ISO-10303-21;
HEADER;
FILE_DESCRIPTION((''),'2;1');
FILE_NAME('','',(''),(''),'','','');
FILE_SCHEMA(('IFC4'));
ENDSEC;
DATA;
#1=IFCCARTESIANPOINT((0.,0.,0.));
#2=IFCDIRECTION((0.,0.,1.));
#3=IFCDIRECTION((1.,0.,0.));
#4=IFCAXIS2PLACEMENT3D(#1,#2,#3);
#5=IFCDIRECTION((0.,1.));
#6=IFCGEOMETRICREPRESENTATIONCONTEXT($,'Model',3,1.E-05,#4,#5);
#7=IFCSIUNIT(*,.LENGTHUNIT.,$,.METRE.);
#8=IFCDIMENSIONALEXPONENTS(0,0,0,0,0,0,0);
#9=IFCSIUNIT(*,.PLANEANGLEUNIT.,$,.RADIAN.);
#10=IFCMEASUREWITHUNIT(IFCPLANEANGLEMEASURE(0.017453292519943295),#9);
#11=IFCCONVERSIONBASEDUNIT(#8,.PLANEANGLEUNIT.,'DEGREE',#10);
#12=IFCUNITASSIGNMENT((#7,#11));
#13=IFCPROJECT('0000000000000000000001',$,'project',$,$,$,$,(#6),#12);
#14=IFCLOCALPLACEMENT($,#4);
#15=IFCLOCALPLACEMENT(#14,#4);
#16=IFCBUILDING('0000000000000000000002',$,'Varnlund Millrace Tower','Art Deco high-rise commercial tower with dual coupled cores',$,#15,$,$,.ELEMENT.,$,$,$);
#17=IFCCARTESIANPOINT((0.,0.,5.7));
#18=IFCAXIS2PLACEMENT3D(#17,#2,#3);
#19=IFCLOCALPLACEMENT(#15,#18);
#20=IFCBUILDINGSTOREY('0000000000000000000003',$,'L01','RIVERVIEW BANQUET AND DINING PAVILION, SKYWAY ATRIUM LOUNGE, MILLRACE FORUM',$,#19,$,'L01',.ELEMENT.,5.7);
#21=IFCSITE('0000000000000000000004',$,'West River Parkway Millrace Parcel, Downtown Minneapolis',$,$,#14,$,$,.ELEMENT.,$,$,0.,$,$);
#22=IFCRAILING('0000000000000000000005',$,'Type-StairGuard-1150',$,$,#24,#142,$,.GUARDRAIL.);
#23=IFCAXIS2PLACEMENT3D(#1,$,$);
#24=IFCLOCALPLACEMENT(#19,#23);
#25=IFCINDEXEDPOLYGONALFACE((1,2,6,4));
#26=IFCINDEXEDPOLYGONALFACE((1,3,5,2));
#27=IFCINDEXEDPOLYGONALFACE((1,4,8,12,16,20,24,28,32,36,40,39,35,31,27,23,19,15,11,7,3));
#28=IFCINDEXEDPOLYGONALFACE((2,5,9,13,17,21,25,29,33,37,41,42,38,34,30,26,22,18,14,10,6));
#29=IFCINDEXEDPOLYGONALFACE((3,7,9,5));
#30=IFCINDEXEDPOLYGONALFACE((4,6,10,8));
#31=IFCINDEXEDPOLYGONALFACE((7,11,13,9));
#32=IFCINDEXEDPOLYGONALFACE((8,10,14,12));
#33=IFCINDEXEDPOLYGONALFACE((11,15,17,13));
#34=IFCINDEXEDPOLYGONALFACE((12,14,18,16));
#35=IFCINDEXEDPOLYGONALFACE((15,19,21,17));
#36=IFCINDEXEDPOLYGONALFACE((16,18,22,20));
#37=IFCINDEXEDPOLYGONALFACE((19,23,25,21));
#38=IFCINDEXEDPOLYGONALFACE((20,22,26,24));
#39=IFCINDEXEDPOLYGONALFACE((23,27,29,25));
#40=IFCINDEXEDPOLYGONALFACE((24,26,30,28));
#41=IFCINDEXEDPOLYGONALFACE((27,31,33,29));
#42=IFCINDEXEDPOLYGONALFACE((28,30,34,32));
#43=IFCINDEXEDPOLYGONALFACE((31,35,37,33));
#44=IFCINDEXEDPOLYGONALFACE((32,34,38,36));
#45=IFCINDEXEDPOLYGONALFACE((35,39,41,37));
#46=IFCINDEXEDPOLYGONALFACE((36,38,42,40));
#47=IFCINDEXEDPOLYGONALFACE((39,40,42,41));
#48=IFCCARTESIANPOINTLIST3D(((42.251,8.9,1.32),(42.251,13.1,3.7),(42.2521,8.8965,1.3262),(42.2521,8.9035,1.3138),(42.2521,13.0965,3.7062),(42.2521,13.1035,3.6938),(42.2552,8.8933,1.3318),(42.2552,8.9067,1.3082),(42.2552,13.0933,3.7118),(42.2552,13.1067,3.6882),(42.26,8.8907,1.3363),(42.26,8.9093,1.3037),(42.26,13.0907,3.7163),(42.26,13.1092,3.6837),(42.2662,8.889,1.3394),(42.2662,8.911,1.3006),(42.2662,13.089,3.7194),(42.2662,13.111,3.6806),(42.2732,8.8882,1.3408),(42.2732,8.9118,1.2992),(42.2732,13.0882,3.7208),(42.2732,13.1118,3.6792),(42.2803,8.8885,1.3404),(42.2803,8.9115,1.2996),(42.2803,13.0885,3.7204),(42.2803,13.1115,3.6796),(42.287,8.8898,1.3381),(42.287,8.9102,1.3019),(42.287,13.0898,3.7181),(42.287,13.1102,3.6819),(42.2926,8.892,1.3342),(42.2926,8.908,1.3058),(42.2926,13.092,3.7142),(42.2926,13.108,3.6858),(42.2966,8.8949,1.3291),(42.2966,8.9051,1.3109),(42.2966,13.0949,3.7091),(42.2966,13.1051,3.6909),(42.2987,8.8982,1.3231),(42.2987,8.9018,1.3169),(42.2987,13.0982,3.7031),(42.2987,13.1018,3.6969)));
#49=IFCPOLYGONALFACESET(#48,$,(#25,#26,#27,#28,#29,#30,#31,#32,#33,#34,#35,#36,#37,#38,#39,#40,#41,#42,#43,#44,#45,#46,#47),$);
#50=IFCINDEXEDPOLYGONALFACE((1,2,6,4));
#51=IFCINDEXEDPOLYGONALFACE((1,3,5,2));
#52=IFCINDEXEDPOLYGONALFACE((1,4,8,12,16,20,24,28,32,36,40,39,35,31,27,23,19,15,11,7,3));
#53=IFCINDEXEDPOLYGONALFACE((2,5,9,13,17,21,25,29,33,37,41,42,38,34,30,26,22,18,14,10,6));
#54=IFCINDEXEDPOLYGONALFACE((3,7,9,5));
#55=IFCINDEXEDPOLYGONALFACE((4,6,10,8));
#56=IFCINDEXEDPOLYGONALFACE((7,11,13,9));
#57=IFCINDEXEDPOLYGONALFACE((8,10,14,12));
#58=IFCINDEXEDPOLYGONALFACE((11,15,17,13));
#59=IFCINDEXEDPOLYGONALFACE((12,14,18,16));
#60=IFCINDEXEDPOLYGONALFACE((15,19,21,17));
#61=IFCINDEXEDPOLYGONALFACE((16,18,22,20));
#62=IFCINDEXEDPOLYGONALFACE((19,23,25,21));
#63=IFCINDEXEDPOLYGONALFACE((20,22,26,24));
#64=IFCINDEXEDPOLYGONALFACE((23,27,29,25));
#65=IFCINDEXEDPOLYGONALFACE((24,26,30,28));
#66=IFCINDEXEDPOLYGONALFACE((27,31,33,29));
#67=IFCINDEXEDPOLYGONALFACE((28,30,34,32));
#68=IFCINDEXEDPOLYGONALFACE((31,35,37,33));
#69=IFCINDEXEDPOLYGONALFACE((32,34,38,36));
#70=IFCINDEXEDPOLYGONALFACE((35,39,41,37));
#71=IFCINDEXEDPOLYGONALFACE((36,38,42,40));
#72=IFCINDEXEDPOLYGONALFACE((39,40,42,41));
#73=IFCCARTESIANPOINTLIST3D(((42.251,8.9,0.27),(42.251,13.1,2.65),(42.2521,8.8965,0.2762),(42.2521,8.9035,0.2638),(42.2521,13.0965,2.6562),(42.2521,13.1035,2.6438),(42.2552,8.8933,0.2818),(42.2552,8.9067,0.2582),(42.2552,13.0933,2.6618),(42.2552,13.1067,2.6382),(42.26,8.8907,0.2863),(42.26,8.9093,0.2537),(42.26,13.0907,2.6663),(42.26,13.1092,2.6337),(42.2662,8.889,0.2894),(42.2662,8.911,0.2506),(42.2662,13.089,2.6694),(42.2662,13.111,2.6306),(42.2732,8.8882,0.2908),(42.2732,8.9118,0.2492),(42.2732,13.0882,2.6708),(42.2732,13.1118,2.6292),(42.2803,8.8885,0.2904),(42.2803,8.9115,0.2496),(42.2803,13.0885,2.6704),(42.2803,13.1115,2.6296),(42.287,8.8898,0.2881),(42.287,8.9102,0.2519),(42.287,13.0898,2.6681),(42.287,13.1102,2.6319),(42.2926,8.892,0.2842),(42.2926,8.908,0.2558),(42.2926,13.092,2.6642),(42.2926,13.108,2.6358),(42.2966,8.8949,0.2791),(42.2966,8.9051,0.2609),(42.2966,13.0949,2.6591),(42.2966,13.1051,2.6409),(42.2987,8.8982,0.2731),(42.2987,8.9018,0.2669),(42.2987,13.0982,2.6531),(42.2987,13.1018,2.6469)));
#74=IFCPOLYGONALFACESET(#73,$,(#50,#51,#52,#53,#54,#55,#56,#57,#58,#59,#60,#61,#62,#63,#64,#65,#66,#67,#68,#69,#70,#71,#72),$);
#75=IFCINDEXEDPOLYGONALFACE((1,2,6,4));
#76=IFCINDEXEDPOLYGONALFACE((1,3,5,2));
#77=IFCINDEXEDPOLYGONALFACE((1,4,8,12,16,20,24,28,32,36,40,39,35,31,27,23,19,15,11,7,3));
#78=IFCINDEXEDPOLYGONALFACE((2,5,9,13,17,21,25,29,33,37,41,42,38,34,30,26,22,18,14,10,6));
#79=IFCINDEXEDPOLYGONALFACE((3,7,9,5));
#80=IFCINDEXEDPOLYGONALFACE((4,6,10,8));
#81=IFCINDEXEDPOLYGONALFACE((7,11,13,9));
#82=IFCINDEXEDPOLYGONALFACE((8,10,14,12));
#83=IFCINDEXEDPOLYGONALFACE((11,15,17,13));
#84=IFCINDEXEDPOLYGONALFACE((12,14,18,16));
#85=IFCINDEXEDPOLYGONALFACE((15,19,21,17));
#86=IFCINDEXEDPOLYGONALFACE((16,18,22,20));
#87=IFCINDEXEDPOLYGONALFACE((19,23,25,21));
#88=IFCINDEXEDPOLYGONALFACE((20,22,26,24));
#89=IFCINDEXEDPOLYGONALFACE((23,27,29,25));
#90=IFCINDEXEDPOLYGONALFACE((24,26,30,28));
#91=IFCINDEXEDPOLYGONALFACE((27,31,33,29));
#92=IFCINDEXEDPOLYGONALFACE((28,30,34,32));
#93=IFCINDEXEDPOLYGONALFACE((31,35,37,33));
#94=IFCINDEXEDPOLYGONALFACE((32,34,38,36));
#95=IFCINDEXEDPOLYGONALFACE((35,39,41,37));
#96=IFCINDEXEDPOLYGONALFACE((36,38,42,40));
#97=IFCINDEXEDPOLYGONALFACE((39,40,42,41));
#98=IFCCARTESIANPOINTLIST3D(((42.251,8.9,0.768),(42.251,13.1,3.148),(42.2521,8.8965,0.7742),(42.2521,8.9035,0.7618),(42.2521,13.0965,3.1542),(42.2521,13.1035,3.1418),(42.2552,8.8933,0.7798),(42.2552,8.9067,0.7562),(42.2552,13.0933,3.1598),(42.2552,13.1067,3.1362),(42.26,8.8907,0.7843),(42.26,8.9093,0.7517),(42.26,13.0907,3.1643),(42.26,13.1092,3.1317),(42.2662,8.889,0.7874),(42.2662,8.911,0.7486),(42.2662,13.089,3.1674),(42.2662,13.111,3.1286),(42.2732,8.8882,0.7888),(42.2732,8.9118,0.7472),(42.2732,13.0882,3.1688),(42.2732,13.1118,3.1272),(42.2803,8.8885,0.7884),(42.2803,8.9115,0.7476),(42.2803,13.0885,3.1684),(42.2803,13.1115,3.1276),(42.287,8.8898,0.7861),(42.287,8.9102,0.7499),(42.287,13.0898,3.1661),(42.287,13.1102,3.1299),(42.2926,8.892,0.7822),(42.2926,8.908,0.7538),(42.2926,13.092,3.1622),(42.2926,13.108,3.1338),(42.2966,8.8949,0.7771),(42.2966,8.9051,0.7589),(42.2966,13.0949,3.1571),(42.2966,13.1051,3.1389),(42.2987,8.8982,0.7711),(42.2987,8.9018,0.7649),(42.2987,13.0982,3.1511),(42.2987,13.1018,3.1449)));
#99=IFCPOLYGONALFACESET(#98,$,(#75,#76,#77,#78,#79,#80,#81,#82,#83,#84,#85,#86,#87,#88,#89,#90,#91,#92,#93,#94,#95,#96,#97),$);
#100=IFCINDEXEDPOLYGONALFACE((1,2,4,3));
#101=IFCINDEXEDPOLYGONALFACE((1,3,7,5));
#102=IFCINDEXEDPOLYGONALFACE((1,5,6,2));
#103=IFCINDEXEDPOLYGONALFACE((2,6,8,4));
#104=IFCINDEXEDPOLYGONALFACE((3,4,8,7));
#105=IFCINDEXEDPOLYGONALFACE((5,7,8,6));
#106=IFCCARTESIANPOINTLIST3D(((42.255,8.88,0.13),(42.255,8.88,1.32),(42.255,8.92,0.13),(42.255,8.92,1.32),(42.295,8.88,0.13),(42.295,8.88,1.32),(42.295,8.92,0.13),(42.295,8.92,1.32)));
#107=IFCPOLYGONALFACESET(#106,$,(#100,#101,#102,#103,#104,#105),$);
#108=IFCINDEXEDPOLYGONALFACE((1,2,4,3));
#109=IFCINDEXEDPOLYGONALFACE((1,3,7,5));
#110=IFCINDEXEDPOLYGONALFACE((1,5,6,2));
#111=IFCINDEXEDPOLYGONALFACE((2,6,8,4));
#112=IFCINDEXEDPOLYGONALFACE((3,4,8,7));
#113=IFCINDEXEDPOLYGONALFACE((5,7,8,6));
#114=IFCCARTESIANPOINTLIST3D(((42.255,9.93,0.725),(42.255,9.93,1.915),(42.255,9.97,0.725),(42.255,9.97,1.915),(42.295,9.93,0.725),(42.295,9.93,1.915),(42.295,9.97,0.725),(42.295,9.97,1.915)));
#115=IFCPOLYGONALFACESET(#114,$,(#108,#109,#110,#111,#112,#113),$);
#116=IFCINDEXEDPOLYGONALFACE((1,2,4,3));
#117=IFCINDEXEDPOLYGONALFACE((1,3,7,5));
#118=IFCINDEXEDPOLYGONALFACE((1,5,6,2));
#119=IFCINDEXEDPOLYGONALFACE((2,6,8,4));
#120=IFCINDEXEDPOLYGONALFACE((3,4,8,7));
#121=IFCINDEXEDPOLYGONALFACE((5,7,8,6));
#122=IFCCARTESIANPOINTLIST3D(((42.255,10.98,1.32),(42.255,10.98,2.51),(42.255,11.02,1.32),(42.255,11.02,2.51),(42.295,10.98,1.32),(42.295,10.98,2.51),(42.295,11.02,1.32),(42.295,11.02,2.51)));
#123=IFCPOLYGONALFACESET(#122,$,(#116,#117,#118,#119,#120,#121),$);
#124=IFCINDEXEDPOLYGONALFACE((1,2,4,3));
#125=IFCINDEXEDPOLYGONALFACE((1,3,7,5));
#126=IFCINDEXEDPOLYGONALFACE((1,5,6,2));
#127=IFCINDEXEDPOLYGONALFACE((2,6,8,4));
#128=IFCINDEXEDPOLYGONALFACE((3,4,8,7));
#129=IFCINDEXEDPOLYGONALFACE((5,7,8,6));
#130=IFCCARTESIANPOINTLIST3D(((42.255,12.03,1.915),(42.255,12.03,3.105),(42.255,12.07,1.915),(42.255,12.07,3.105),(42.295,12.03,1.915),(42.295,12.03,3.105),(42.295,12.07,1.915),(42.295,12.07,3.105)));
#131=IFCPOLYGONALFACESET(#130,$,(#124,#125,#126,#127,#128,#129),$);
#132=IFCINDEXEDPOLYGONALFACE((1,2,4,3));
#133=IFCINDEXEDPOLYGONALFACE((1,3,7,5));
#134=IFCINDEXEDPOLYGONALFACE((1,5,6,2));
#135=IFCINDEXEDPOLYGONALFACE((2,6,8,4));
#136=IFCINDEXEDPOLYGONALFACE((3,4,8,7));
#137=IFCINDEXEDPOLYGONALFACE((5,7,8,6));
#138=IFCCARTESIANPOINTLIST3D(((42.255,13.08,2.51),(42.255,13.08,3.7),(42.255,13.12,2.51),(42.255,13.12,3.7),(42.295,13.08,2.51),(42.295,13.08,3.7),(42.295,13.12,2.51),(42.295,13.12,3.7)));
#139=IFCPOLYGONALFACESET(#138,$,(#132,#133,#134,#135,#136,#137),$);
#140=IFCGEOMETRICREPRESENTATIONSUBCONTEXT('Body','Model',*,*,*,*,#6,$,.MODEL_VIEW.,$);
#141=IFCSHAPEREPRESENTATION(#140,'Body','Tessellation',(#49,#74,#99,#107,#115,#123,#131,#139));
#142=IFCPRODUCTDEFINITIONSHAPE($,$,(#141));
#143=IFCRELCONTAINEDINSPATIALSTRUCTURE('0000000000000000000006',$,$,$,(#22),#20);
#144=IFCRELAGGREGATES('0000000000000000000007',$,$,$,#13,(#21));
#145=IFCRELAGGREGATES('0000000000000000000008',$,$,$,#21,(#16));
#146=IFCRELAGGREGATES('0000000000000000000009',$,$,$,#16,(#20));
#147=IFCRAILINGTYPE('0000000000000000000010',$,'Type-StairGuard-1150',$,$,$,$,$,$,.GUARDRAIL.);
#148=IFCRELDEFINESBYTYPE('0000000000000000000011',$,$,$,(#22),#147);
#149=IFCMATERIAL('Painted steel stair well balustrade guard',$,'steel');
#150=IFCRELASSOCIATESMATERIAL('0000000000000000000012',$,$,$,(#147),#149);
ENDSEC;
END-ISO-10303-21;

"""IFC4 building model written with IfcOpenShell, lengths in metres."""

from ifc_helpers import new_model, entity, si_unit, converted_unit, direction, frame, origin_with_axes, origin_2d_with_axis, place, context, subcontext, project, spatial, rectangle, circle, extrude, material, type_object, element, save


model = new_model("IFC4")

# Units and contexts
model_context = context("Model", 3, precision=1e-05, world=origin_with_axes(), true_north=direction((0.0, 1.0)))
body_context = subcontext(model_context, "Body", "Model", "MODEL_VIEW")
ifc_project = project(units=[si_unit("LENGTHUNIT", "METRE"), converted_unit("PLANEANGLEUNIT", "DEGREE", entity("IfcPlaneAngleMeasure", 0.017453292519943295), si_unit("PLANEANGLEUNIT", "RADIAN"), dimensions=[0, 0, 0, 0, 0, 0, 0])], contexts=[model_context])

# Site, building, storey
site_placement = place(None, origin_with_axes())
site = spatial("IfcSite", under=ifc_project, at=site_placement, Name="West River Parkway Millrace Parcel, Downtown Minneapolis", CompositionType="ELEMENT", RefElevation=0.0)
building_placement = place(site_placement, origin_with_axes())
building = spatial("IfcBuilding", under=site, at=building_placement, Name="Varnlund Millrace Tower", Description="Art Deco high-rise commercial tower with dual coupled cores", CompositionType="ELEMENT")
storey_placement = place(building_placement, frame((0.0, 0.0, 5.7), z_axis=(0.0, 0.0, 1.0), x_axis=(1.0, 0.0, 0.0)))
storey = spatial("IfcBuildingStorey", under=building, at=storey_placement, Name="L01", Description="RIVERVIEW BANQUET AND DINING PAVILION, SKYWAY ATRIUM LOUNGE, MILLRACE FORUM", LongName="L01", CompositionType="ELEMENT", Elevation=5.7)

# Railing
ifc_material_1 = material(Name="Painted steel stair well balustrade guard", Category="steel")
railing_type_1 = type_object("IfcRailingType", Name="Type-StairGuard-1150", PredefinedType="GUARDRAIL", material=ifc_material_1)
railing_1_placement = place(storey_placement, frame((0.0, 0.0, -5.7), z_axis=(0.0, 0.0, 1.0), x_axis=(1.0, 0.0, 0.0)))
element("IfcRailing", 1, at=railing_1_placement, inside=storey, type_object=railing_type_1, Name="Type-StairGuard-1150", PredefinedType="GUARDRAIL", context=body_context, shape_type="SweptSolid", body=[
    extrude(circle(Radius=0.024, at=origin_2d_with_axis()), frame((42.275, 8.9, 7.02), z_axis=(0.0, 0.870022, 0.493013), x_axis=(-1.0, 0.0, 0.0)), (0.0, 0.0, 1.0), 4.8275),
    extrude(circle(Radius=0.024, at=origin_2d_with_axis()), frame((42.275, 8.9, 5.97), z_axis=(0.0, 0.870022, 0.493013), x_axis=(-1.0, 0.0, 0.0)), (0.0, 0.0, 1.0), 4.8275),
    extrude(circle(Radius=0.024, at=origin_2d_with_axis()), frame((42.275, 8.9, 6.468), z_axis=(0.0, 0.870022, 0.493013), x_axis=(-1.0, 0.0, 0.0)), (0.0, 0.0, 1.0), 4.8275),
    extrude(rectangle(XDim=0.04, YDim=0.04, at=origin_2d_with_axis()), frame((42.275, 8.9, 5.83), z_axis=(0.0, 0.0, 1.0), x_axis=(1.0, 0.0, 0.0)), (0.0, 0.0, 1.0), 1.19),
    extrude(rectangle(XDim=0.04, YDim=0.04, at=origin_2d_with_axis()), frame((42.275, 9.95, 6.425), z_axis=(0.0, 0.0, 1.0), x_axis=(1.0, 0.0, 0.0)), (0.0, 0.0, 1.0), 1.19),
    extrude(rectangle(XDim=0.04, YDim=0.04, at=origin_2d_with_axis()), frame((42.275, 11.0, 7.02), z_axis=(0.0, 0.0, 1.0), x_axis=(1.0, 0.0, 0.0)), (0.0, 0.0, 1.0), 1.19),
    extrude(rectangle(XDim=0.04, YDim=0.04, at=origin_2d_with_axis()), frame((42.275, 12.05, 7.615), z_axis=(0.0, 0.0, 1.0), x_axis=(1.0, 0.0, 0.0)), (0.0, 0.0, 1.0), 1.19),
    extrude(rectangle(XDim=0.04, YDim=0.04, at=origin_2d_with_axis()), frame((42.275, 13.1, 8.21), z_axis=(0.0, 0.0, 1.0), x_axis=(1.0, 0.0, 0.0)), (0.0, 0.0, 1.0), 1.19),
])

save(model, "model.ifc")
